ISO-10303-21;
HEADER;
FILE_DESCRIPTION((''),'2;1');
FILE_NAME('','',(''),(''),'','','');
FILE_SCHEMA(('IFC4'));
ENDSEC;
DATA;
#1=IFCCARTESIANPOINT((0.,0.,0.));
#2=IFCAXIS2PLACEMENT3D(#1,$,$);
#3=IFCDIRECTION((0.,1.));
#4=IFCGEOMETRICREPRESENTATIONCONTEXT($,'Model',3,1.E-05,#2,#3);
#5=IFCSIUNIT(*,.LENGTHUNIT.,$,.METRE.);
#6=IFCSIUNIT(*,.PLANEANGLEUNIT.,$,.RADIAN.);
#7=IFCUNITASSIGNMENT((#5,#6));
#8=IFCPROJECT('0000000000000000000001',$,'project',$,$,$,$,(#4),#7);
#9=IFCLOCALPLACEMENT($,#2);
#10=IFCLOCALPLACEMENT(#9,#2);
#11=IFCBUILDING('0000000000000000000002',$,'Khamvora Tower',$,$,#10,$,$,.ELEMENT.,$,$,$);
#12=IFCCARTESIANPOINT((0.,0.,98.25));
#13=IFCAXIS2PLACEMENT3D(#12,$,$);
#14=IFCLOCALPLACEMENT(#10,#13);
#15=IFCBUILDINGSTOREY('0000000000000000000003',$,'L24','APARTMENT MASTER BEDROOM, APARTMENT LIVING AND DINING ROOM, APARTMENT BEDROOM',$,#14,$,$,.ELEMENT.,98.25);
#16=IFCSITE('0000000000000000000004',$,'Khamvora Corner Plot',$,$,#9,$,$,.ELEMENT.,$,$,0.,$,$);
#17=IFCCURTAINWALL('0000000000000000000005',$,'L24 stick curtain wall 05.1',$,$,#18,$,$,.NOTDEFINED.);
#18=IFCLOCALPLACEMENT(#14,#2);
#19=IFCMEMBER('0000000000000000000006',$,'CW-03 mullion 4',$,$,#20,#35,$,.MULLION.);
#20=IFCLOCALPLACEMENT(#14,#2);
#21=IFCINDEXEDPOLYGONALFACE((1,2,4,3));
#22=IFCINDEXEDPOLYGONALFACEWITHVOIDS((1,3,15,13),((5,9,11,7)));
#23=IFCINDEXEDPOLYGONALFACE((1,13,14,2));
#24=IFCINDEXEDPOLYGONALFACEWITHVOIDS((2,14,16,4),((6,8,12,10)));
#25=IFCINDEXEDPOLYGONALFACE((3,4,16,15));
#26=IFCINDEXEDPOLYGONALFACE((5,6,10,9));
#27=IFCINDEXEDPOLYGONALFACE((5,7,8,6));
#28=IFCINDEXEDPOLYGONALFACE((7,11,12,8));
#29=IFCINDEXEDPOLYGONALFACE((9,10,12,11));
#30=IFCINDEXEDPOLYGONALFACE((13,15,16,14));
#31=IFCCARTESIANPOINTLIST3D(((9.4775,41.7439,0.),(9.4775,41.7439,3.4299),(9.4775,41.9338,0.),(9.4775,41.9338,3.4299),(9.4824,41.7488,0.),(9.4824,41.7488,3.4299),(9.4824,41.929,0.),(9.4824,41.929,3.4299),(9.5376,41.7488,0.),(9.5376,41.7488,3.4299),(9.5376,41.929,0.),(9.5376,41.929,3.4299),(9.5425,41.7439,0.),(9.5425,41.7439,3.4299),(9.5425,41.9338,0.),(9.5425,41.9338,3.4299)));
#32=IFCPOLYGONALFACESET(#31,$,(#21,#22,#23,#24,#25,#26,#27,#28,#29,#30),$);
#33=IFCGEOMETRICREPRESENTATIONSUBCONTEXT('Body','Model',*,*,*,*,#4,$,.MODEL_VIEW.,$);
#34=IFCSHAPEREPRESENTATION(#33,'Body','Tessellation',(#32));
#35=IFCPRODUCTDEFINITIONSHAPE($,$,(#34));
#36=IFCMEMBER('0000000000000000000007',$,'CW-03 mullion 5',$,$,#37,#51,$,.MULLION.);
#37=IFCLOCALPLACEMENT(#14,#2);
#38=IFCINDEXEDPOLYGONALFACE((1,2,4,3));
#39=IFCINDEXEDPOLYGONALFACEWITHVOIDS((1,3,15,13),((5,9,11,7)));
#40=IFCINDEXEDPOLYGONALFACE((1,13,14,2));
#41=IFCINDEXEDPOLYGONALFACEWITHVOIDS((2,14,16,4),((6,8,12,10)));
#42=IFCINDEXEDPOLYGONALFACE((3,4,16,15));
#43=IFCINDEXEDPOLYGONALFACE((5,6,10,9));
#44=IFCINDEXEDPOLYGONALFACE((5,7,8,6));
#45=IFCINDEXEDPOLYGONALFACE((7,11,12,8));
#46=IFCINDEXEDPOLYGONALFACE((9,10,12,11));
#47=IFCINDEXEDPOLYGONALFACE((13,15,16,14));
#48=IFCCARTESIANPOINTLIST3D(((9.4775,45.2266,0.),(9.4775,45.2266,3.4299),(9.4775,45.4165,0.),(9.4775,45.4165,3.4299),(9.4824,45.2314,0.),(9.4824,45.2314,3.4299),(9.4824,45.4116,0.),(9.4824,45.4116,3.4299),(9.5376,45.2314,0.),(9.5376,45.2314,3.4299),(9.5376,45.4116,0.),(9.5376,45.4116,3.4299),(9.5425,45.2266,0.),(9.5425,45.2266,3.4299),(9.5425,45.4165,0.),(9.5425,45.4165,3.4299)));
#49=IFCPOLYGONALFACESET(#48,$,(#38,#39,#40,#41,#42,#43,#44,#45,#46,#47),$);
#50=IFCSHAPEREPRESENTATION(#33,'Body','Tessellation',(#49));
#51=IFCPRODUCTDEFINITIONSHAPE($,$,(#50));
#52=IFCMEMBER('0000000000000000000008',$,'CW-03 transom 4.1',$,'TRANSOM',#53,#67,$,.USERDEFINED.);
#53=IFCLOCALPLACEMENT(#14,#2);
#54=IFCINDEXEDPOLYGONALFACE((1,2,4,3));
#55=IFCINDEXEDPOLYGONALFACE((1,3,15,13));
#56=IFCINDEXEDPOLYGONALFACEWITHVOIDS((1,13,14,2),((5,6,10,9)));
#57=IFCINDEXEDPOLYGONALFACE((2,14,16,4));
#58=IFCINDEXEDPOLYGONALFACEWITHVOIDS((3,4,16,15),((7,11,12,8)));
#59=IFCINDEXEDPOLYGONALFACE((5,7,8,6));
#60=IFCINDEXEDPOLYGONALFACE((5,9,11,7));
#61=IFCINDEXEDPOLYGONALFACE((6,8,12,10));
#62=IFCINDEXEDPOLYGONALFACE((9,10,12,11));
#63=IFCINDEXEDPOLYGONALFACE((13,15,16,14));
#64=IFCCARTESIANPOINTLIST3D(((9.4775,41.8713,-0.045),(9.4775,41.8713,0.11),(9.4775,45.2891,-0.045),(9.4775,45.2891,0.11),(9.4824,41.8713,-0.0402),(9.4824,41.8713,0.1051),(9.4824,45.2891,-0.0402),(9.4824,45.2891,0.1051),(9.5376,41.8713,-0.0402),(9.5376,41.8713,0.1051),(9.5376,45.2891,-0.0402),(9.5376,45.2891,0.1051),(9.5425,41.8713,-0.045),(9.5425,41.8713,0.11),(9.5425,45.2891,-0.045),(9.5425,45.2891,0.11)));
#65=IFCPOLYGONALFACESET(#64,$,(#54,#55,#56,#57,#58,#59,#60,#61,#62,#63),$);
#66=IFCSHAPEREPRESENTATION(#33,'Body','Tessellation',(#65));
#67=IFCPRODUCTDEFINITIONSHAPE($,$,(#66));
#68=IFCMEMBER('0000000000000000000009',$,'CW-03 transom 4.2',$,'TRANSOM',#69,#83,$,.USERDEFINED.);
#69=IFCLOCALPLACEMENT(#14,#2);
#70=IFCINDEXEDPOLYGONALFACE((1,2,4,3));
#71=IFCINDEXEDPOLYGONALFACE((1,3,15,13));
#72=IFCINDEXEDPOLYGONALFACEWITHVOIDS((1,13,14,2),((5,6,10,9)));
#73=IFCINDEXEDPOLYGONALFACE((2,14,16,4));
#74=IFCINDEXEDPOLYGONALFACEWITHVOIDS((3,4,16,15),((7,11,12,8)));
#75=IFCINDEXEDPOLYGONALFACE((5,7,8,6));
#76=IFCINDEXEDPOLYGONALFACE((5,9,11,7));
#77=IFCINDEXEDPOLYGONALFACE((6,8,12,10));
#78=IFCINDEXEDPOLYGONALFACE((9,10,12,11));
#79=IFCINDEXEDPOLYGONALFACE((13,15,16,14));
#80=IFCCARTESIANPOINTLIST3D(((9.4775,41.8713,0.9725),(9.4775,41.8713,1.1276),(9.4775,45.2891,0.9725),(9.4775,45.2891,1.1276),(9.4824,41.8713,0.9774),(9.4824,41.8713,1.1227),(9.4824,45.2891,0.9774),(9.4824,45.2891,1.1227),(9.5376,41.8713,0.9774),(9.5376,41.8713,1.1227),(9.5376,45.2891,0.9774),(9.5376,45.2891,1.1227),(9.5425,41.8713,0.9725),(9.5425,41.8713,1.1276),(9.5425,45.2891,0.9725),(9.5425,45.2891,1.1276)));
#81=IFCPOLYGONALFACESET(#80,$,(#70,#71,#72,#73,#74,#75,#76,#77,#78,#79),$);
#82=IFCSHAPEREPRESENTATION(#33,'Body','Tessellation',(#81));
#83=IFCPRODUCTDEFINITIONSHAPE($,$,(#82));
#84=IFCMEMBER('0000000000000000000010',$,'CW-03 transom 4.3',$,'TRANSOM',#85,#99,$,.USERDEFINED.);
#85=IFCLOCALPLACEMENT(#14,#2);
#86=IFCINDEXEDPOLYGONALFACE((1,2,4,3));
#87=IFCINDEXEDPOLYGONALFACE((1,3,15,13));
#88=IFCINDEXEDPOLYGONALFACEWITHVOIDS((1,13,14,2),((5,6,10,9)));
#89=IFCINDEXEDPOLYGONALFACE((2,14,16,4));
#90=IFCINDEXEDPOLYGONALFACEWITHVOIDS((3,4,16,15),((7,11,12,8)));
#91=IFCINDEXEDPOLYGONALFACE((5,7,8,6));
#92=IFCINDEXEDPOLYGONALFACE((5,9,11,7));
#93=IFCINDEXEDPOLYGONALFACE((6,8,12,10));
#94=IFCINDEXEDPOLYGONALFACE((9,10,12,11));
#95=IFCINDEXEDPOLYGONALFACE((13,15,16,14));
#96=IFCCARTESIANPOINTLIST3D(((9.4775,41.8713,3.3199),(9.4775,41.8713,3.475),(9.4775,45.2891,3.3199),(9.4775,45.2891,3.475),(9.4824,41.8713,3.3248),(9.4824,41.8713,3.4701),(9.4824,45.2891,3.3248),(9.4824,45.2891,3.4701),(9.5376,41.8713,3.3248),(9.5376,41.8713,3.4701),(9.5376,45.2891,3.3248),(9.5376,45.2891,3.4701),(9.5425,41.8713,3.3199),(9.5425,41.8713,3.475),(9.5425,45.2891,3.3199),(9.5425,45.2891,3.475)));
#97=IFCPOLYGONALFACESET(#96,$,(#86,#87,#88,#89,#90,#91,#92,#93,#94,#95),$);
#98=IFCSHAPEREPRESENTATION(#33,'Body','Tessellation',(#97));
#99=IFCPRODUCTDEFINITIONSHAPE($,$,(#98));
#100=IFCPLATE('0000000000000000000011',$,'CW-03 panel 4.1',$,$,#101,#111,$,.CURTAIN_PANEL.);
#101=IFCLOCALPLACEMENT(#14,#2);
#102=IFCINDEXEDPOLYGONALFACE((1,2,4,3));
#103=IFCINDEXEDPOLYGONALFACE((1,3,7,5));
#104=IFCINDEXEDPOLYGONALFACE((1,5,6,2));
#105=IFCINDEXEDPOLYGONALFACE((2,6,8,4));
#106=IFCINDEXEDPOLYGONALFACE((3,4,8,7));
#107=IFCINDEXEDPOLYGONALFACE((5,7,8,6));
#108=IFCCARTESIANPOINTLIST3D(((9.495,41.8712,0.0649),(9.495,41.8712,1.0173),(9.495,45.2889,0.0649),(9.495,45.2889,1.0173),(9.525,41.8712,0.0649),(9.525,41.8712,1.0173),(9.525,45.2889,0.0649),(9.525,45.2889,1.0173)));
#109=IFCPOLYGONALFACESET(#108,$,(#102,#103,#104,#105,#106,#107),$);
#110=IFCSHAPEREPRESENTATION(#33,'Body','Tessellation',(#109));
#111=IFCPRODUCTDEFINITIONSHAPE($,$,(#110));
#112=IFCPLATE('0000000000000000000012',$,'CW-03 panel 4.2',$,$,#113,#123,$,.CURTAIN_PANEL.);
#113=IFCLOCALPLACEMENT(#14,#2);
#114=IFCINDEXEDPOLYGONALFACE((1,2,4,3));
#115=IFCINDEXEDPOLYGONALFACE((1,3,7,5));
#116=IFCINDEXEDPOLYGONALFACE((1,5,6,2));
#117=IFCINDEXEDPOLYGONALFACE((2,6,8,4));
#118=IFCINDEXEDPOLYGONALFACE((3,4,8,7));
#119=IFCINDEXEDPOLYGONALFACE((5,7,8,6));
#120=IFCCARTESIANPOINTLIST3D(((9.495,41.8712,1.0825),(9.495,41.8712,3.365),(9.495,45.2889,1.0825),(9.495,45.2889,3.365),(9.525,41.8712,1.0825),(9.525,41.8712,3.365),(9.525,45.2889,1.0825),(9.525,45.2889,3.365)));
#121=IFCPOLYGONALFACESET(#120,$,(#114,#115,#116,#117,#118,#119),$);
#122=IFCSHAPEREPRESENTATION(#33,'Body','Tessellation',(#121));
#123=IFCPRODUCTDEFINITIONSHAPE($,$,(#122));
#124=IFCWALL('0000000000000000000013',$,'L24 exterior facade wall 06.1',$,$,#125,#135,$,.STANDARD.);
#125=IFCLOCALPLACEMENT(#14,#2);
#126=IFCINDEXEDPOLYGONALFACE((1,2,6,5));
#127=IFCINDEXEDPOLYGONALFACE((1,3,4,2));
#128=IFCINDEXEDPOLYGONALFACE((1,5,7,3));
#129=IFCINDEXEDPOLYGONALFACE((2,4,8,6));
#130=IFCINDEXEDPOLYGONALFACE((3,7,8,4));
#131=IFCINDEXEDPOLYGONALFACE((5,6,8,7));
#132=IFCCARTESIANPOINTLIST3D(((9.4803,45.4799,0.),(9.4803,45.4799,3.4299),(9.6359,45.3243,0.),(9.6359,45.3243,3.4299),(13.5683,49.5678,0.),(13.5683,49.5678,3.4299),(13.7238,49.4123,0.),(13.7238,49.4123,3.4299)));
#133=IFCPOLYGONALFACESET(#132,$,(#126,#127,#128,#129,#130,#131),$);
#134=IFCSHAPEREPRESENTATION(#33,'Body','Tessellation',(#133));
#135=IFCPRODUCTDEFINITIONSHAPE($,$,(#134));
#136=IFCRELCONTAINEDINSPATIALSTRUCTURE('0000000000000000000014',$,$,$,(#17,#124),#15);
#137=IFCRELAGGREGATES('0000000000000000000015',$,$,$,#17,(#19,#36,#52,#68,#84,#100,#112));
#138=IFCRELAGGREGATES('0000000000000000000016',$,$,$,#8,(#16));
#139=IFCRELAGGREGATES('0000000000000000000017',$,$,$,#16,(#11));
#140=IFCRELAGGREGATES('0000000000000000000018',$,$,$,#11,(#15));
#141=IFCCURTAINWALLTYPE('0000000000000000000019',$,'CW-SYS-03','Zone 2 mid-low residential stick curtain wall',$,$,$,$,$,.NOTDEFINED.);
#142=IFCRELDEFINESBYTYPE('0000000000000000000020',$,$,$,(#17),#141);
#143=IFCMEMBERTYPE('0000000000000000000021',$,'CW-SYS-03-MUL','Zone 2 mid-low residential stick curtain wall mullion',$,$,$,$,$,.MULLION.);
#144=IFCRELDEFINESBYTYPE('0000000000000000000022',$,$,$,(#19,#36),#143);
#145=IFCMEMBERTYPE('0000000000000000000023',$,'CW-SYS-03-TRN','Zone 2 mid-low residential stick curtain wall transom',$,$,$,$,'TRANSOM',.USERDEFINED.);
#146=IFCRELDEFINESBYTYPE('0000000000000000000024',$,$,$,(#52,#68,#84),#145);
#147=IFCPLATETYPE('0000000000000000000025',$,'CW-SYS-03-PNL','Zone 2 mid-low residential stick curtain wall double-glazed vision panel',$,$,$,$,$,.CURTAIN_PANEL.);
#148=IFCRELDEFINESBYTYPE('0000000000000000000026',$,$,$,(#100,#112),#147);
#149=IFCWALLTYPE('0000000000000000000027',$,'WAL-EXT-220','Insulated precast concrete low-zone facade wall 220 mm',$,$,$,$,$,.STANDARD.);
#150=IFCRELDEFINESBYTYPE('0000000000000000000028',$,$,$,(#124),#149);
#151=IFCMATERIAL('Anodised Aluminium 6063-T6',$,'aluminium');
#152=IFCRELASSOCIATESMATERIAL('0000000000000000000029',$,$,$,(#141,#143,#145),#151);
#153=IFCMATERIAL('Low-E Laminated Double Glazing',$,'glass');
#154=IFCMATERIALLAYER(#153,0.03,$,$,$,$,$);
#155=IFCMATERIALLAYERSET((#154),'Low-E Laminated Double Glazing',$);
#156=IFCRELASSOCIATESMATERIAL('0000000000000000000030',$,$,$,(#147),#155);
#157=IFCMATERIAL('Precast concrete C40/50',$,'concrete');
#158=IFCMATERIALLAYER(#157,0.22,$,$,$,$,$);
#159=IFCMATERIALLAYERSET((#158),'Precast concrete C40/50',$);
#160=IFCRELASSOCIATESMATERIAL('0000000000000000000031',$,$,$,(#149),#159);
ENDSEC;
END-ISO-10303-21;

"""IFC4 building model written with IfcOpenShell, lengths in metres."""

from ifc_helpers import new_model, si_unit, direction, frame, frame_2d, origin, origin_2d, place, context, subcontext, project, spatial, rectangle, hollow_rectangle, extrude, material, layer, layer_set, material_profile, profile_set, type_object, element, aggregate, save


model = new_model("IFC4")

# Units and contexts
model_context = context("Model", 3, precision=1e-05, world=origin(), true_north=direction((0.0, 1.0)))
body_context = subcontext(model_context, "Body", "Model", "MODEL_VIEW")
ifc_project = project(units=[si_unit("LENGTHUNIT", "METRE"), si_unit("PLANEANGLEUNIT", "RADIAN")], contexts=[model_context])

# Site, building, storey
site_placement = place(None, origin())
site = spatial("IfcSite", under=ifc_project, at=site_placement, Name="Khamvora Corner Plot", CompositionType="ELEMENT", RefElevation=0.0)
building_placement = place(site_placement, origin())
building = spatial("IfcBuilding", under=site, at=building_placement, Name="Khamvora Tower", CompositionType="ELEMENT")
storey_placement = place(building_placement, frame((0.0, 0.0, 98.25)))
storey = spatial("IfcBuildingStorey", under=building, at=storey_placement, Name="L24", Description="APARTMENT MASTER BEDROOM, APARTMENT LIVING AND DINING ROOM, APARTMENT BEDROOM", CompositionType="ELEMENT", Elevation=98.25)

# Curtain wall, members, plates
ifc_material_1 = material(Name="Anodised Aluminium 6063-T6", Category="aluminium")
curtain_wall_type = type_object("IfcCurtainWallType", Name="CW-SYS-03", Description="Zone 2 mid-low residential stick curtain wall", PredefinedType="NOTDEFINED", material=ifc_material_1)
curtain_wall_placement = place(storey_placement, origin())
curtain_wall = element("IfcCurtainWall", 1, at=curtain_wall_placement, inside=storey, type_object=curtain_wall_type, Name="L24 stick curtain wall 05.1", PredefinedType="NOTDEFINED")
ifc_material_profile_1 = material_profile(ifc_material_1, hollow_rectangle(XDim=0.0649, YDim=0.1899, WallThickness=0.0049, at=origin_2d()), Name="MUL65x190x5")
ifc_profile_set_1 = profile_set([ifc_material_profile_1], Name="Anodised Aluminium 6063-T6")
member_type_1 = type_object("IfcMemberType", Name="CW-SYS-03-MUL", Description="Zone 2 mid-low residential stick curtain wall mullion", PredefinedType="MULLION", material=ifc_profile_set_1)
member_1_placement = place(storey_placement, frame((9.51, 41.8389, 0.0), z_axis=(0.0, 0.0, 1.0), x_axis=(-1.0, 0.0, 0.0)))
member_1 = element("IfcMember", 2, at=member_1_placement, type_object=member_type_1, Name="CW-03 mullion 4", PredefinedType="MULLION", context=body_context, shape_type="SweptSolid", body=[
    extrude(hollow_rectangle(XDim=0.0649, YDim=0.1899, WallThickness=0.0049, at=origin_2d()), origin(), (0.0, 0.0, 1.0), 3.4299),
])
member_2_placement = place(storey_placement, frame((9.51, 45.3215, 0.0), z_axis=(0.0, 0.0, 1.0), x_axis=(-1.0, 0.0, 0.0)))
member_2 = element("IfcMember", 3, at=member_2_placement, type_object=member_type_1, Name="CW-03 mullion 5", PredefinedType="MULLION", context=body_context, shape_type="SweptSolid", body=[
    extrude(hollow_rectangle(XDim=0.0649, YDim=0.1899, WallThickness=0.0049, at=origin_2d()), origin(), (0.0, 0.0, 1.0), 3.4299),
])
ifc_material_profile_2 = material_profile(ifc_material_1, hollow_rectangle(XDim=0.0649, YDim=0.155, WallThickness=0.0049, at=origin_2d()), Name="TRN65x155x5")
ifc_profile_set_2 = profile_set([ifc_material_profile_2], Name="Anodised Aluminium 6063-T6")
member_type_2 = type_object("IfcMemberType", Name="CW-SYS-03-TRN", Description="Zone 2 mid-low residential stick curtain wall transom", ElementType="TRANSOM", PredefinedType="USERDEFINED", material=ifc_profile_set_2)
member_3_placement = place(storey_placement, frame((9.51, 41.8713, 0.0325), z_axis=(0.0, 1.0, 0.0), x_axis=(-1.0, 0.0, 0.0)))
member_3 = element("IfcMember", 4, at=member_3_placement, type_object=member_type_2, Name="CW-03 transom 4.1", ObjectType="TRANSOM", PredefinedType="USERDEFINED", context=body_context, shape_type="SweptSolid", body=[
    extrude(hollow_rectangle(XDim=0.0649, YDim=0.155, WallThickness=0.0049, at=origin_2d()), origin(), (0.0, 0.0, 1.0), 3.4177),
])
member_4_placement = place(storey_placement, frame((9.51, 41.8713, 1.05), z_axis=(0.0, 1.0, 0.0), x_axis=(-1.0, 0.0, 0.0)))
member_4 = element("IfcMember", 5, at=member_4_placement, type_object=member_type_2, Name="CW-03 transom 4.2", ObjectType="TRANSOM", PredefinedType="USERDEFINED", context=body_context, shape_type="SweptSolid", body=[
    extrude(hollow_rectangle(XDim=0.0649, YDim=0.155, WallThickness=0.0049, at=origin_2d()), origin(), (0.0, 0.0, 1.0), 3.4177),
])
member_5_placement = place(storey_placement, frame((9.51, 41.8713, 3.3975), z_axis=(0.0, 1.0, 0.0), x_axis=(-1.0, 0.0, 0.0)))
member_5 = element("IfcMember", 6, at=member_5_placement, type_object=member_type_2, Name="CW-03 transom 4.3", ObjectType="TRANSOM", PredefinedType="USERDEFINED", context=body_context, shape_type="SweptSolid", body=[
    extrude(hollow_rectangle(XDim=0.0649, YDim=0.155, WallThickness=0.0049, at=origin_2d()), origin(), (0.0, 0.0, 1.0), 3.4177),
])
ifc_material_2 = material(Name="Low-E Laminated Double Glazing", Category="glass")
ifc_layer_1 = layer(ifc_material_2, 0.03)
ifc_layer_set_1 = layer_set([ifc_layer_1], Name="Low-E Laminated Double Glazing")
plate_type = type_object("IfcPlateType", Name="CW-SYS-03-PNL", Description="Zone 2 mid-low residential stick curtain wall double-glazed vision panel", PredefinedType="CURTAIN_PANEL", material=ifc_layer_set_1)
plate_1_placement = place(storey_placement, frame((9.51, 43.5801, 0.0649), z_axis=(0.0, 0.0, 1.0), x_axis=(0.0, 1.0, 0.0)))
plate_1 = element("IfcPlate", 7, at=plate_1_placement, type_object=plate_type, Name="CW-03 panel 4.1", PredefinedType="CURTAIN_PANEL", context=body_context, shape_type="SweptSolid", body=[
    extrude(rectangle(XDim=3.4177, YDim=0.03, at=origin_2d()), origin(), (0.0, 0.0, 1.0), 0.9524),
])
plate_2_placement = place(storey_placement, frame((9.51, 43.5801, 1.0825), z_axis=(0.0, 0.0, 1.0), x_axis=(0.0, 1.0, 0.0)))
plate_2 = element("IfcPlate", 8, at=plate_2_placement, type_object=plate_type, Name="CW-03 panel 4.2", PredefinedType="CURTAIN_PANEL", context=body_context, shape_type="SweptSolid", body=[
    extrude(rectangle(XDim=3.4177, YDim=0.03, at=origin_2d()), origin(), (0.0, 0.0, 1.0), 2.2825),
])
aggregate(curtain_wall, [member_1, member_2, member_3, member_4, member_5, plate_1, plate_2])

# Wall
ifc_material_3 = material(Name="Precast concrete C40/50", Category="concrete")
ifc_layer_2 = layer(ifc_material_3, 0.22)
ifc_layer_set_2 = layer_set([ifc_layer_2], Name="Precast concrete C40/50")
wall_type_1 = type_object("IfcWallType", Name="WAL-EXT-220", Description="Insulated precast concrete low-zone facade wall 220 mm", PredefinedType="STANDARD", material=ifc_layer_set_2)
wall_1_placement = place(storey_placement, frame((9.5581, 45.4021, 0.0), z_axis=(0.0, 0.0, 1.0), x_axis=(0.707107, 0.707107, 0.0)))
element("IfcWall", 9, at=wall_1_placement, inside=storey, type_object=wall_type_1, Name="L24 exterior facade wall 06.1", PredefinedType="STANDARD", context=body_context, shape_type="SweptSolid", body=[
    extrude(rectangle(XDim=5.7812, YDim=0.22, at=frame_2d((2.8906, 0.0))), origin(), (0.0, 0.0, 1.0), 3.4299),
])

save(model, "model.ifc")
